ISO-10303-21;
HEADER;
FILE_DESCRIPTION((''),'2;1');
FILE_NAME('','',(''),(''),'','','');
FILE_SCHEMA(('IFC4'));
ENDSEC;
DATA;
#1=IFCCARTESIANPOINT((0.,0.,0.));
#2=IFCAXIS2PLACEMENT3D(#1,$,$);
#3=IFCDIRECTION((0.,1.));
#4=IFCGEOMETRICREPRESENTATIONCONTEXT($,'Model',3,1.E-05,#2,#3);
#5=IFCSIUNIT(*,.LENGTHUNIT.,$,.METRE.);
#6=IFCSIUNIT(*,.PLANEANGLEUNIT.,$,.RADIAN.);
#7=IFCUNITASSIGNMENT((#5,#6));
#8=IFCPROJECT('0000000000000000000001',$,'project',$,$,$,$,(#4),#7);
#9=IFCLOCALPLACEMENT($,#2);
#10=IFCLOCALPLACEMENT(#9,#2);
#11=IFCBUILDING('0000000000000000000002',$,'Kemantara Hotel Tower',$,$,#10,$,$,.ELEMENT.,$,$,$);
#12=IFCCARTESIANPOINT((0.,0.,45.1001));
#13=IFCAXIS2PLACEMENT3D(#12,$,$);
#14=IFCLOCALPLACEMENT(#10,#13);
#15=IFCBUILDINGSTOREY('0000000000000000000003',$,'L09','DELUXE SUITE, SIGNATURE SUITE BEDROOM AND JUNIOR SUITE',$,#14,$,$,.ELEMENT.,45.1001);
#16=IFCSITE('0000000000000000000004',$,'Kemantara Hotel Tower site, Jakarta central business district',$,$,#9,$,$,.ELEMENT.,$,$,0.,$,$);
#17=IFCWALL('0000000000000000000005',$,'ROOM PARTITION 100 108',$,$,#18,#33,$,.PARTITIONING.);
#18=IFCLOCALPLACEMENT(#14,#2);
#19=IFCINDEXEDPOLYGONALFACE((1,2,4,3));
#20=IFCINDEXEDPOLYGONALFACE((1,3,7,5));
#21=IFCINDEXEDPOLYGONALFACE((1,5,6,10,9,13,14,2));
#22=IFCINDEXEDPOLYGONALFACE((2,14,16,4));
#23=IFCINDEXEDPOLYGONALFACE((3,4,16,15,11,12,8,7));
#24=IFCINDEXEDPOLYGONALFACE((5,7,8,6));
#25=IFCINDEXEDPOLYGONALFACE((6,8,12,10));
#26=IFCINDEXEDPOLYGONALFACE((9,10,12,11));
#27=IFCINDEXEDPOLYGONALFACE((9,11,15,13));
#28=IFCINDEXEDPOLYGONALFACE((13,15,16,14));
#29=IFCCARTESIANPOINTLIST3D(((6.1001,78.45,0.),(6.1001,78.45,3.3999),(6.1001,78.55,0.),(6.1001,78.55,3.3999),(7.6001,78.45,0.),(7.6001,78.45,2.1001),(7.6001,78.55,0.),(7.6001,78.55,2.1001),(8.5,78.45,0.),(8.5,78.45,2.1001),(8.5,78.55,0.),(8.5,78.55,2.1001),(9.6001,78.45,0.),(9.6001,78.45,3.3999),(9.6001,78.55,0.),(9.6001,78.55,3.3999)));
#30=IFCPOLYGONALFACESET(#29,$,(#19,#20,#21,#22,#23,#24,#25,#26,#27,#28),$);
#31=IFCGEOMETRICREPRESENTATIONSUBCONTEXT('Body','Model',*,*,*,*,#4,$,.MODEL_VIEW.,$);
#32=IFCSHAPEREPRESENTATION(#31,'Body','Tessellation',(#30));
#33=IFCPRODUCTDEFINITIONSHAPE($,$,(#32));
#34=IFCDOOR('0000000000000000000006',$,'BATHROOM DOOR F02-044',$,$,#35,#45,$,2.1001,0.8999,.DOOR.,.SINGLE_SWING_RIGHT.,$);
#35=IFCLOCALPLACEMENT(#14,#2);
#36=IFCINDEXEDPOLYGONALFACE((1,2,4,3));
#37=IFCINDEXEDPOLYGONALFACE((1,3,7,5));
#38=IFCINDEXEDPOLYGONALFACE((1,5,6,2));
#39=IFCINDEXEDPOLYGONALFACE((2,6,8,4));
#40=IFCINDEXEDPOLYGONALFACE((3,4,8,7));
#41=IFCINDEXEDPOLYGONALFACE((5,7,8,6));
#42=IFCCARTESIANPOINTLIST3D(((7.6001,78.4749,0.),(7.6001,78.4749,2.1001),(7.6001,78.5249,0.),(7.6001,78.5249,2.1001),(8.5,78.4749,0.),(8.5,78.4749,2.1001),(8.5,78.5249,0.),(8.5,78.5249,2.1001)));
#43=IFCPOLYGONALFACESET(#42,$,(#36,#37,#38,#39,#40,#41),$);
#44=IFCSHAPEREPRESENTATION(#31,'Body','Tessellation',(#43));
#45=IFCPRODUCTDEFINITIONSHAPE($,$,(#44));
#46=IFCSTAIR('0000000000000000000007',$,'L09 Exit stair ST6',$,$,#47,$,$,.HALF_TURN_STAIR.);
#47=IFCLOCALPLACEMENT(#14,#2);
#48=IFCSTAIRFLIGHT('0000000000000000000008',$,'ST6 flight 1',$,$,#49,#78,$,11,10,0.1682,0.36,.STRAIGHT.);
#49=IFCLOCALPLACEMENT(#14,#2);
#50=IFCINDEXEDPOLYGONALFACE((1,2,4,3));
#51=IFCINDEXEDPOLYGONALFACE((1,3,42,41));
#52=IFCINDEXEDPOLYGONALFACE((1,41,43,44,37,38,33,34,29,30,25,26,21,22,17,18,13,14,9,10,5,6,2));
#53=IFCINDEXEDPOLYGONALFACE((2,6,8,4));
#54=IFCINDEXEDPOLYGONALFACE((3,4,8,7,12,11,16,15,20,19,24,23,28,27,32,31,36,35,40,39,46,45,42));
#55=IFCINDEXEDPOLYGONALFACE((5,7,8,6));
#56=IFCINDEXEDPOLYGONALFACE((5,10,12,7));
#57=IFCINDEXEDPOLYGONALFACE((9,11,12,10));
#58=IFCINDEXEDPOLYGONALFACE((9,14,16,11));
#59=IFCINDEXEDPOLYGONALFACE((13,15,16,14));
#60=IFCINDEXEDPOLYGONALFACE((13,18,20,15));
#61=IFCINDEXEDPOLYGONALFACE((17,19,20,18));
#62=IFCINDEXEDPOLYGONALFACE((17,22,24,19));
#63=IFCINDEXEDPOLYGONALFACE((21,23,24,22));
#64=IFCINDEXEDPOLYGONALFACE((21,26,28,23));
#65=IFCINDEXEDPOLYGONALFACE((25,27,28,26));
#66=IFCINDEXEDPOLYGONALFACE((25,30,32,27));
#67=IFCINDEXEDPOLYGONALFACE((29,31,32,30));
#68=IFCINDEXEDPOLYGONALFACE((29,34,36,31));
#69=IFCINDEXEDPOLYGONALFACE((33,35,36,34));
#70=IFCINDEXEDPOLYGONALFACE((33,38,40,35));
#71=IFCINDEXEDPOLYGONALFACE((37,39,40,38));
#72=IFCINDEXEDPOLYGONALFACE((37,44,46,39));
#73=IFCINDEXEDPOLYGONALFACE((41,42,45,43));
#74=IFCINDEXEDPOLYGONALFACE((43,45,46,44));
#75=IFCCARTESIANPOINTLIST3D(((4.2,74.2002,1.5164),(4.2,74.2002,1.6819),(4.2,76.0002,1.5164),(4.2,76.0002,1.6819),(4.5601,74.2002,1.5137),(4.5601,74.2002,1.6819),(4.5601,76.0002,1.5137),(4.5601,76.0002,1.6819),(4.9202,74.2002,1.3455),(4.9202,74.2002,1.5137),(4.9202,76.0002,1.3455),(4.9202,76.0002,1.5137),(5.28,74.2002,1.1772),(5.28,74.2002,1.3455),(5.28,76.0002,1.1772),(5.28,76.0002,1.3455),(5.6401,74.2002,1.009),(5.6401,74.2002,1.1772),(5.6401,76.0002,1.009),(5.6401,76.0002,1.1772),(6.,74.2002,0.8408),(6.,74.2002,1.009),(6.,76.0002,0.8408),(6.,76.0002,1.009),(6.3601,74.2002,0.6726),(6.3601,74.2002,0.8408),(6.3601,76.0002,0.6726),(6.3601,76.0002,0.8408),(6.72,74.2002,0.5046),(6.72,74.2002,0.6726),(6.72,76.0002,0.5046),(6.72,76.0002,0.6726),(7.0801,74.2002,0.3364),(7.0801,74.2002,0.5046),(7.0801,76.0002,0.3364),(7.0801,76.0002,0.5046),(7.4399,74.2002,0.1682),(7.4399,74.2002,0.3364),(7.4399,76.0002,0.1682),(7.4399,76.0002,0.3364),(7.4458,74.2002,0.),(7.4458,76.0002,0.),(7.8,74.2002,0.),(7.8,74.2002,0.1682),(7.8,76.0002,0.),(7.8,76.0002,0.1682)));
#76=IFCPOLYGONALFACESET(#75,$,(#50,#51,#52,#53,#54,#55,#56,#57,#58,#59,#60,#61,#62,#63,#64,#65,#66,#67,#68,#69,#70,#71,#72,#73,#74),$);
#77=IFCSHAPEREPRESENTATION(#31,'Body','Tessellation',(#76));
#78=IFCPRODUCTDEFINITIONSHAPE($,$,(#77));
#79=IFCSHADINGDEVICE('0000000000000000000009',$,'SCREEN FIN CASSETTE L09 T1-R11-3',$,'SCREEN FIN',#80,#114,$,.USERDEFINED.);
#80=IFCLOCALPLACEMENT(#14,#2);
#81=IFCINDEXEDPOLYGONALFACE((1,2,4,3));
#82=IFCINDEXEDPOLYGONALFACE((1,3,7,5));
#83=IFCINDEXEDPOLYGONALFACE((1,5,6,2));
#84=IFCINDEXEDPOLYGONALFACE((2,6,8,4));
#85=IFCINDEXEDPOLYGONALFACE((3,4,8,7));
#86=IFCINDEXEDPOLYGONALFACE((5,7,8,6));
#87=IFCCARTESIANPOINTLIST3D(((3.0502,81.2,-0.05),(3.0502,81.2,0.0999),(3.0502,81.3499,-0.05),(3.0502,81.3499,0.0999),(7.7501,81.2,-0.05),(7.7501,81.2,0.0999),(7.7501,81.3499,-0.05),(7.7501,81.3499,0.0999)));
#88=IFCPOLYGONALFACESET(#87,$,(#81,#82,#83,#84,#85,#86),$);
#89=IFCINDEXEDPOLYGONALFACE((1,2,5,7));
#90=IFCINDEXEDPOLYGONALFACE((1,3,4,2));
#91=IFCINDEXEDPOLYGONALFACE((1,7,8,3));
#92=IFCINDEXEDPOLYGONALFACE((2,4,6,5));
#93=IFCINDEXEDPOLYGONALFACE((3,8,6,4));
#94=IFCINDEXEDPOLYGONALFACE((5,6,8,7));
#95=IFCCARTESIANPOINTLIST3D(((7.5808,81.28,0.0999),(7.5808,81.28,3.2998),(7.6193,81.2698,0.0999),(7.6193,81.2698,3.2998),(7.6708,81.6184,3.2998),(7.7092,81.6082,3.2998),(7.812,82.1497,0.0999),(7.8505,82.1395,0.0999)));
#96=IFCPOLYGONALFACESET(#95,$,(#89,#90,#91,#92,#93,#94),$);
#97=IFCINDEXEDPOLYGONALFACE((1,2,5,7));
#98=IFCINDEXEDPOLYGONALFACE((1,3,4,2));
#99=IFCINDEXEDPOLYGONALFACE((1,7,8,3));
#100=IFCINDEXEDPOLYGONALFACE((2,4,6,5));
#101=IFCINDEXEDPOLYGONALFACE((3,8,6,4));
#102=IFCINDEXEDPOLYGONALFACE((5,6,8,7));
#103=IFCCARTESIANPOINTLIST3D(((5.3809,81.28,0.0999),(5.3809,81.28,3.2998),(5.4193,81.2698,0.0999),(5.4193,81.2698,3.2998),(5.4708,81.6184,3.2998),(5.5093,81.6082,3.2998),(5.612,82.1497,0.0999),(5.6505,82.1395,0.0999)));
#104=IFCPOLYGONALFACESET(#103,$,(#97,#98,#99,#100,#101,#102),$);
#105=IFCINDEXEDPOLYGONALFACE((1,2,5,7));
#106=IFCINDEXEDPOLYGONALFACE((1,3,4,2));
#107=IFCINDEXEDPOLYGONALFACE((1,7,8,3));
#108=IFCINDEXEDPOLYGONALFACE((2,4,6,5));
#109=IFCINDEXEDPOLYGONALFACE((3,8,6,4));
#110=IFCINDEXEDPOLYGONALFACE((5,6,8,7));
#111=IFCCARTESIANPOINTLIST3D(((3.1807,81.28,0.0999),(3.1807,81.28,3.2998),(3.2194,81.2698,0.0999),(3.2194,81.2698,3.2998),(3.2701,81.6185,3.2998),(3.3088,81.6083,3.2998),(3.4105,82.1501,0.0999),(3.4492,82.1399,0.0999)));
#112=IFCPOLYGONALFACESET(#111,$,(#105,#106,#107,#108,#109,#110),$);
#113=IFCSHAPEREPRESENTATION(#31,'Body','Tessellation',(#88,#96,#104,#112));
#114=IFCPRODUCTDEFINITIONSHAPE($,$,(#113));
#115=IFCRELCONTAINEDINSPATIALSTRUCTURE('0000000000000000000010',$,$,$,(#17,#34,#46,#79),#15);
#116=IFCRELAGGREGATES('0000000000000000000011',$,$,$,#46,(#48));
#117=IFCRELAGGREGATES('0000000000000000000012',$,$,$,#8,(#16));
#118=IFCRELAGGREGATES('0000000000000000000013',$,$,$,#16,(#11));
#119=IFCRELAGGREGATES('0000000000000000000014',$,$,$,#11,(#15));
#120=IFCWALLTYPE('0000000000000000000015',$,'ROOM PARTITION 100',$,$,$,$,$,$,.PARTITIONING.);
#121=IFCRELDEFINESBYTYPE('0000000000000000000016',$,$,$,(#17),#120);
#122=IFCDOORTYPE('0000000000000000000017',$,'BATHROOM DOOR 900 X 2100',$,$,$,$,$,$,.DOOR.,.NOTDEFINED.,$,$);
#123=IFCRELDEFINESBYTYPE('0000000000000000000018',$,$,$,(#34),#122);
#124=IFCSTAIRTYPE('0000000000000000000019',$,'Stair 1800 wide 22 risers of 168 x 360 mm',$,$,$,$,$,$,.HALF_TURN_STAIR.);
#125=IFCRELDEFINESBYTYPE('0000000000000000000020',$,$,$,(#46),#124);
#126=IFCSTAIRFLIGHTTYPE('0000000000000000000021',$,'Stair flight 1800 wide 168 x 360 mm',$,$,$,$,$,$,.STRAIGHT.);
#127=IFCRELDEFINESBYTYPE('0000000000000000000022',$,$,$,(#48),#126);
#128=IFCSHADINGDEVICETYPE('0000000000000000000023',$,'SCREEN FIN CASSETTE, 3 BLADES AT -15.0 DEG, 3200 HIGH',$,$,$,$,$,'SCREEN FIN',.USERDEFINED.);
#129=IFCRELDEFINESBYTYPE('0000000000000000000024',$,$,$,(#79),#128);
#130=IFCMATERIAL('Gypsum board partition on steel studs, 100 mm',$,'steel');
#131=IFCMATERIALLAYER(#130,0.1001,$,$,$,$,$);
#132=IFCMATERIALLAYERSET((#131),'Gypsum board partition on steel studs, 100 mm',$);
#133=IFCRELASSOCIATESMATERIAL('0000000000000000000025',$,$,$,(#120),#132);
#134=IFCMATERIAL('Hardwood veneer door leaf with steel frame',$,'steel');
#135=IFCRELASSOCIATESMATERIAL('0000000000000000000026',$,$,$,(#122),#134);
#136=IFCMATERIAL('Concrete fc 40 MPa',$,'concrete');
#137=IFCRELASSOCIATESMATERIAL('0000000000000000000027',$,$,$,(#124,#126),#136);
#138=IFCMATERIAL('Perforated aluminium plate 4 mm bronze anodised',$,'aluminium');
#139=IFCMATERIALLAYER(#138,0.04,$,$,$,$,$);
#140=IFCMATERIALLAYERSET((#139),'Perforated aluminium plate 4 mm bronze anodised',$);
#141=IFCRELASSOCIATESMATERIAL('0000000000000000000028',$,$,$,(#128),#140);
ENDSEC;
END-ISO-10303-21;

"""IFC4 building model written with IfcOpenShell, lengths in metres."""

from ifc_helpers import new_model, si_unit, direction, frame, frame_2d, origin, origin_2d, place, context, subcontext, project, spatial, polyline, rectangle, outline, extrude, source, transform, mapped, material, layer, layer_set, type_object, element, fill, aggregate, save


model = new_model("IFC4")

# Units and contexts
model_context = context("Model", 3, precision=1e-05, world=origin(), true_north=direction((0.0, 1.0)))
body_context = subcontext(model_context, "Body", "Model", "MODEL_VIEW")
ifc_project = project(units=[si_unit("LENGTHUNIT", "METRE"), si_unit("PLANEANGLEUNIT", "RADIAN")], contexts=[model_context])

# Site, building, storey
site_placement = place(None, origin())
site = spatial("IfcSite", under=ifc_project, at=site_placement, Name="Kemantara Hotel Tower site, Jakarta central business district", CompositionType="ELEMENT", RefElevation=0.0)
building_placement = place(site_placement, origin())
building = spatial("IfcBuilding", under=site, at=building_placement, Name="Kemantara Hotel Tower", CompositionType="ELEMENT")
storey_placement = place(building_placement, frame((0.0, 0.0, 45.1001)))
storey = spatial("IfcBuildingStorey", under=building, at=storey_placement, Name="L09", Description="DELUXE SUITE, SIGNATURE SUITE BEDROOM AND JUNIOR SUITE", CompositionType="ELEMENT", Elevation=45.1001)

# Wall, opening, door
ifc_material_1 = material(Name="Hardwood veneer door leaf with steel frame", Category="steel")
ifc_material_2 = material(Name="Concrete fc 40 MPa", Category="concrete")
ifc_material_3 = material(Name="Gypsum board partition on steel studs, 100 mm", Category="steel")
ifc_layer_1 = layer(ifc_material_3, 0.1001)
ifc_layer_set_1 = layer_set([ifc_layer_1], Name="Gypsum board partition on steel studs, 100 mm")
wall_type_1 = type_object("IfcWallType", Name="ROOM PARTITION 100", PredefinedType="PARTITIONING", material=ifc_layer_set_1)
wall_1_placement = place(storey_placement, frame((6.1001, 78.5, 0.0), z_axis=(0.0, 0.0, 1.0), x_axis=(1.0, 0.0, 0.0)))
wall_1 = element("IfcWall", 1, at=wall_1_placement, inside=storey, type_object=wall_type_1, Name="ROOM PARTITION 100 108", PredefinedType="PARTITIONING", context=body_context, shape_type="SweptSolid", body=[
    extrude(rectangle(XDim=3.5, YDim=0.1001, at=frame_2d((1.75, 0.0))), origin(), (0.0, 0.0, 1.0), 3.3999),
])
opening_1_placement = place(wall_1_placement, frame((1.5, 0.0, 0.0)))
opening_1 = element("IfcOpeningElement", 2, at=opening_1_placement, cuts=wall_1, PredefinedType="OPENING", context=body_context, shape_type="SweptSolid", body=[
    extrude(rectangle(XDim=0.8999, YDim=2.1001, at=frame_2d((0.45, 1.05))), frame((0.0, 0.0601, 0.0), z_axis=(0.0, -1.0, 0.0), x_axis=(1.0, 0.0, 0.0)), (0.0, 0.0, 1.0), 0.1201),
])
door_type_1 = type_object("IfcDoorType", Name="BATHROOM DOOR 900 X 2100", OperationType="NOTDEFINED", PredefinedType="DOOR", material=ifc_material_1)
door_1_placement = place(opening_1_placement, origin())
door_1 = element("IfcDoor", 3, at=door_1_placement, inside=storey, type_object=door_type_1, Name="BATHROOM DOOR F02-044", OperationType="SINGLE_SWING_RIGHT", OverallHeight=2.1001, OverallWidth=0.8999, PredefinedType="DOOR", context=body_context, shape_type="SweptSolid", body=[
    extrude(rectangle(XDim=0.8999, YDim=2.1001, at=frame_2d((0.45, 1.05))), frame((0.0, 0.0249, 0.0), z_axis=(0.0, -1.0, 0.0), x_axis=(1.0, 0.0, 0.0)), (0.0, 0.0, 1.0), 0.05),
])
fill(opening_1, door_1)

# Stair, stair flight
stair_type = type_object("IfcStairType", Name="Stair 1800 wide 22 risers of 168 x 360 mm", PredefinedType="HALF_TURN_STAIR", material=ifc_material_2)
stair_placement = place(storey_placement, origin())
stair = element("IfcStair", 4, at=stair_placement, inside=storey, type_object=stair_type, Name="L09 Exit stair ST6", PredefinedType="HALF_TURN_STAIR")
stair_flight_type = type_object("IfcStairFlightType", Name="Stair flight 1800 wide 168 x 360 mm", PredefinedType="STRAIGHT", material=ifc_material_2)
stair_flight_placement = place(storey_placement, frame((7.8, 75.1001, 0.0), z_axis=(0.0, 0.0, 1.0), x_axis=(-1.0, 0.0, 0.0)))
stair_flight = element("IfcStairFlight", 5, at=stair_flight_placement, type_object=stair_flight_type, Name="ST6 flight 1", NumberOfRisers=11, NumberOfTreads=10, PredefinedType="STRAIGHT", RiserHeight=0.1682, TreadLength=0.36, context=body_context, shape_type="SweptSolid", body=[
    extrude(outline(polyline([(0.0, 0.0), (0.0, 0.1682), (0.3601, 0.1682), (0.3601, 0.3364), (0.72, 0.3364), (0.72, 0.5046), (1.0801, 0.5046), (1.0801, 0.6726), (1.4399, 0.6726), (1.4399, 0.8408), (1.8, 0.8408), (1.8, 1.009), (2.1599, 1.009), (2.1599, 1.1772), (2.52, 1.1772), (2.52, 1.3455), (2.8799, 1.3455), (2.8799, 1.5137), (3.24, 1.5137), (3.24, 1.6819), (3.6001, 1.6819), (3.6001, 1.8501), (3.6001, 1.5164), (0.3542, 0.0), (0.0, 0.0)])), frame((0.0, 0.8999, 0.0), z_axis=(0.0, -1.0, 0.0), x_axis=(1.0, 0.0, 0.0)), (0.0, 0.0, 1.0), 1.8),
])
aggregate(stair, [stair_flight])

# Shading device
ifc_material_4 = material(Name="Perforated aluminium plate 4 mm bronze anodised", Category="aluminium")
ifc_layer_2 = layer(ifc_material_4, 0.04)
ifc_layer_set_2 = layer_set([ifc_layer_2], Name="Perforated aluminium plate 4 mm bronze anodised")
shading_device_type = type_object("IfcShadingDeviceType", Name="SCREEN FIN CASSETTE, 3 BLADES AT -15.0 DEG, 3200 HIGH", ElementType="SCREEN FIN", PredefinedType="USERDEFINED", material=ifc_layer_set_2)
shared_shape_1 = source(origin(), body_context, "Body", "SweptSolid", [
    extrude(rectangle(XDim=4.7, YDim=0.1499, at=origin_2d()), frame((2.2, -0.075, -0.1499), z_axis=(0.0, 0.0, 1.0), x_axis=(1.0, 0.0, 0.0)), (0.0, 0.0, 1.0), 0.1499),
    extrude(outline(polyline([(0.0, 0.0), (0.8999, 0.0), (0.3501, 3.2), (0.0, 3.2), (0.0, 0.0)])), frame((0.0193, -0.0801, 0.0), z_axis=(-0.966438, 0.256901, 0.0), x_axis=(-0.256901, -0.966438, 0.0)), (0.0, 0.0, 1.0), 0.0398),
    extrude(outline(polyline([(0.0, 0.0), (0.8999, 0.0), (0.3501, 3.2), (0.0, 3.2), (0.0, 0.0)])), frame((2.2192, -0.0801, 0.0), z_axis=(-0.966438, 0.256901, 0.0), x_axis=(-0.256901, -0.966438, 0.0)), (0.0, 0.0, 1.0), 0.0398),
    extrude(outline(polyline([(0.0, 0.0), (0.8999, 0.0), (0.3501, 3.2), (0.0, 3.2), (0.0, 0.0)])), frame((4.4194, -0.0801, 0.0), z_axis=(-0.966838, 0.255391, 0.0), x_axis=(-0.255391, -0.966838, 0.0)), (0.0, 0.0, 1.0), 0.04),
])
shading_device_placement = place(storey_placement, frame((7.6001, 81.2, 0.0999), z_axis=(0.0, 0.0, 1.0), x_axis=(-1.0, 0.0, 0.0)))
element("IfcShadingDevice", 6, at=shading_device_placement, inside=storey, type_object=shading_device_type, Name="SCREEN FIN CASSETTE L09 T1-R11-3", ObjectType="SCREEN FIN", PredefinedType="USERDEFINED", context=body_context, shape_type="MappedRepresentation", body=[
    mapped(shared_shape_1, transform((0.0, 0.0, 0.0))),
])

save(model, "model.ifc")
